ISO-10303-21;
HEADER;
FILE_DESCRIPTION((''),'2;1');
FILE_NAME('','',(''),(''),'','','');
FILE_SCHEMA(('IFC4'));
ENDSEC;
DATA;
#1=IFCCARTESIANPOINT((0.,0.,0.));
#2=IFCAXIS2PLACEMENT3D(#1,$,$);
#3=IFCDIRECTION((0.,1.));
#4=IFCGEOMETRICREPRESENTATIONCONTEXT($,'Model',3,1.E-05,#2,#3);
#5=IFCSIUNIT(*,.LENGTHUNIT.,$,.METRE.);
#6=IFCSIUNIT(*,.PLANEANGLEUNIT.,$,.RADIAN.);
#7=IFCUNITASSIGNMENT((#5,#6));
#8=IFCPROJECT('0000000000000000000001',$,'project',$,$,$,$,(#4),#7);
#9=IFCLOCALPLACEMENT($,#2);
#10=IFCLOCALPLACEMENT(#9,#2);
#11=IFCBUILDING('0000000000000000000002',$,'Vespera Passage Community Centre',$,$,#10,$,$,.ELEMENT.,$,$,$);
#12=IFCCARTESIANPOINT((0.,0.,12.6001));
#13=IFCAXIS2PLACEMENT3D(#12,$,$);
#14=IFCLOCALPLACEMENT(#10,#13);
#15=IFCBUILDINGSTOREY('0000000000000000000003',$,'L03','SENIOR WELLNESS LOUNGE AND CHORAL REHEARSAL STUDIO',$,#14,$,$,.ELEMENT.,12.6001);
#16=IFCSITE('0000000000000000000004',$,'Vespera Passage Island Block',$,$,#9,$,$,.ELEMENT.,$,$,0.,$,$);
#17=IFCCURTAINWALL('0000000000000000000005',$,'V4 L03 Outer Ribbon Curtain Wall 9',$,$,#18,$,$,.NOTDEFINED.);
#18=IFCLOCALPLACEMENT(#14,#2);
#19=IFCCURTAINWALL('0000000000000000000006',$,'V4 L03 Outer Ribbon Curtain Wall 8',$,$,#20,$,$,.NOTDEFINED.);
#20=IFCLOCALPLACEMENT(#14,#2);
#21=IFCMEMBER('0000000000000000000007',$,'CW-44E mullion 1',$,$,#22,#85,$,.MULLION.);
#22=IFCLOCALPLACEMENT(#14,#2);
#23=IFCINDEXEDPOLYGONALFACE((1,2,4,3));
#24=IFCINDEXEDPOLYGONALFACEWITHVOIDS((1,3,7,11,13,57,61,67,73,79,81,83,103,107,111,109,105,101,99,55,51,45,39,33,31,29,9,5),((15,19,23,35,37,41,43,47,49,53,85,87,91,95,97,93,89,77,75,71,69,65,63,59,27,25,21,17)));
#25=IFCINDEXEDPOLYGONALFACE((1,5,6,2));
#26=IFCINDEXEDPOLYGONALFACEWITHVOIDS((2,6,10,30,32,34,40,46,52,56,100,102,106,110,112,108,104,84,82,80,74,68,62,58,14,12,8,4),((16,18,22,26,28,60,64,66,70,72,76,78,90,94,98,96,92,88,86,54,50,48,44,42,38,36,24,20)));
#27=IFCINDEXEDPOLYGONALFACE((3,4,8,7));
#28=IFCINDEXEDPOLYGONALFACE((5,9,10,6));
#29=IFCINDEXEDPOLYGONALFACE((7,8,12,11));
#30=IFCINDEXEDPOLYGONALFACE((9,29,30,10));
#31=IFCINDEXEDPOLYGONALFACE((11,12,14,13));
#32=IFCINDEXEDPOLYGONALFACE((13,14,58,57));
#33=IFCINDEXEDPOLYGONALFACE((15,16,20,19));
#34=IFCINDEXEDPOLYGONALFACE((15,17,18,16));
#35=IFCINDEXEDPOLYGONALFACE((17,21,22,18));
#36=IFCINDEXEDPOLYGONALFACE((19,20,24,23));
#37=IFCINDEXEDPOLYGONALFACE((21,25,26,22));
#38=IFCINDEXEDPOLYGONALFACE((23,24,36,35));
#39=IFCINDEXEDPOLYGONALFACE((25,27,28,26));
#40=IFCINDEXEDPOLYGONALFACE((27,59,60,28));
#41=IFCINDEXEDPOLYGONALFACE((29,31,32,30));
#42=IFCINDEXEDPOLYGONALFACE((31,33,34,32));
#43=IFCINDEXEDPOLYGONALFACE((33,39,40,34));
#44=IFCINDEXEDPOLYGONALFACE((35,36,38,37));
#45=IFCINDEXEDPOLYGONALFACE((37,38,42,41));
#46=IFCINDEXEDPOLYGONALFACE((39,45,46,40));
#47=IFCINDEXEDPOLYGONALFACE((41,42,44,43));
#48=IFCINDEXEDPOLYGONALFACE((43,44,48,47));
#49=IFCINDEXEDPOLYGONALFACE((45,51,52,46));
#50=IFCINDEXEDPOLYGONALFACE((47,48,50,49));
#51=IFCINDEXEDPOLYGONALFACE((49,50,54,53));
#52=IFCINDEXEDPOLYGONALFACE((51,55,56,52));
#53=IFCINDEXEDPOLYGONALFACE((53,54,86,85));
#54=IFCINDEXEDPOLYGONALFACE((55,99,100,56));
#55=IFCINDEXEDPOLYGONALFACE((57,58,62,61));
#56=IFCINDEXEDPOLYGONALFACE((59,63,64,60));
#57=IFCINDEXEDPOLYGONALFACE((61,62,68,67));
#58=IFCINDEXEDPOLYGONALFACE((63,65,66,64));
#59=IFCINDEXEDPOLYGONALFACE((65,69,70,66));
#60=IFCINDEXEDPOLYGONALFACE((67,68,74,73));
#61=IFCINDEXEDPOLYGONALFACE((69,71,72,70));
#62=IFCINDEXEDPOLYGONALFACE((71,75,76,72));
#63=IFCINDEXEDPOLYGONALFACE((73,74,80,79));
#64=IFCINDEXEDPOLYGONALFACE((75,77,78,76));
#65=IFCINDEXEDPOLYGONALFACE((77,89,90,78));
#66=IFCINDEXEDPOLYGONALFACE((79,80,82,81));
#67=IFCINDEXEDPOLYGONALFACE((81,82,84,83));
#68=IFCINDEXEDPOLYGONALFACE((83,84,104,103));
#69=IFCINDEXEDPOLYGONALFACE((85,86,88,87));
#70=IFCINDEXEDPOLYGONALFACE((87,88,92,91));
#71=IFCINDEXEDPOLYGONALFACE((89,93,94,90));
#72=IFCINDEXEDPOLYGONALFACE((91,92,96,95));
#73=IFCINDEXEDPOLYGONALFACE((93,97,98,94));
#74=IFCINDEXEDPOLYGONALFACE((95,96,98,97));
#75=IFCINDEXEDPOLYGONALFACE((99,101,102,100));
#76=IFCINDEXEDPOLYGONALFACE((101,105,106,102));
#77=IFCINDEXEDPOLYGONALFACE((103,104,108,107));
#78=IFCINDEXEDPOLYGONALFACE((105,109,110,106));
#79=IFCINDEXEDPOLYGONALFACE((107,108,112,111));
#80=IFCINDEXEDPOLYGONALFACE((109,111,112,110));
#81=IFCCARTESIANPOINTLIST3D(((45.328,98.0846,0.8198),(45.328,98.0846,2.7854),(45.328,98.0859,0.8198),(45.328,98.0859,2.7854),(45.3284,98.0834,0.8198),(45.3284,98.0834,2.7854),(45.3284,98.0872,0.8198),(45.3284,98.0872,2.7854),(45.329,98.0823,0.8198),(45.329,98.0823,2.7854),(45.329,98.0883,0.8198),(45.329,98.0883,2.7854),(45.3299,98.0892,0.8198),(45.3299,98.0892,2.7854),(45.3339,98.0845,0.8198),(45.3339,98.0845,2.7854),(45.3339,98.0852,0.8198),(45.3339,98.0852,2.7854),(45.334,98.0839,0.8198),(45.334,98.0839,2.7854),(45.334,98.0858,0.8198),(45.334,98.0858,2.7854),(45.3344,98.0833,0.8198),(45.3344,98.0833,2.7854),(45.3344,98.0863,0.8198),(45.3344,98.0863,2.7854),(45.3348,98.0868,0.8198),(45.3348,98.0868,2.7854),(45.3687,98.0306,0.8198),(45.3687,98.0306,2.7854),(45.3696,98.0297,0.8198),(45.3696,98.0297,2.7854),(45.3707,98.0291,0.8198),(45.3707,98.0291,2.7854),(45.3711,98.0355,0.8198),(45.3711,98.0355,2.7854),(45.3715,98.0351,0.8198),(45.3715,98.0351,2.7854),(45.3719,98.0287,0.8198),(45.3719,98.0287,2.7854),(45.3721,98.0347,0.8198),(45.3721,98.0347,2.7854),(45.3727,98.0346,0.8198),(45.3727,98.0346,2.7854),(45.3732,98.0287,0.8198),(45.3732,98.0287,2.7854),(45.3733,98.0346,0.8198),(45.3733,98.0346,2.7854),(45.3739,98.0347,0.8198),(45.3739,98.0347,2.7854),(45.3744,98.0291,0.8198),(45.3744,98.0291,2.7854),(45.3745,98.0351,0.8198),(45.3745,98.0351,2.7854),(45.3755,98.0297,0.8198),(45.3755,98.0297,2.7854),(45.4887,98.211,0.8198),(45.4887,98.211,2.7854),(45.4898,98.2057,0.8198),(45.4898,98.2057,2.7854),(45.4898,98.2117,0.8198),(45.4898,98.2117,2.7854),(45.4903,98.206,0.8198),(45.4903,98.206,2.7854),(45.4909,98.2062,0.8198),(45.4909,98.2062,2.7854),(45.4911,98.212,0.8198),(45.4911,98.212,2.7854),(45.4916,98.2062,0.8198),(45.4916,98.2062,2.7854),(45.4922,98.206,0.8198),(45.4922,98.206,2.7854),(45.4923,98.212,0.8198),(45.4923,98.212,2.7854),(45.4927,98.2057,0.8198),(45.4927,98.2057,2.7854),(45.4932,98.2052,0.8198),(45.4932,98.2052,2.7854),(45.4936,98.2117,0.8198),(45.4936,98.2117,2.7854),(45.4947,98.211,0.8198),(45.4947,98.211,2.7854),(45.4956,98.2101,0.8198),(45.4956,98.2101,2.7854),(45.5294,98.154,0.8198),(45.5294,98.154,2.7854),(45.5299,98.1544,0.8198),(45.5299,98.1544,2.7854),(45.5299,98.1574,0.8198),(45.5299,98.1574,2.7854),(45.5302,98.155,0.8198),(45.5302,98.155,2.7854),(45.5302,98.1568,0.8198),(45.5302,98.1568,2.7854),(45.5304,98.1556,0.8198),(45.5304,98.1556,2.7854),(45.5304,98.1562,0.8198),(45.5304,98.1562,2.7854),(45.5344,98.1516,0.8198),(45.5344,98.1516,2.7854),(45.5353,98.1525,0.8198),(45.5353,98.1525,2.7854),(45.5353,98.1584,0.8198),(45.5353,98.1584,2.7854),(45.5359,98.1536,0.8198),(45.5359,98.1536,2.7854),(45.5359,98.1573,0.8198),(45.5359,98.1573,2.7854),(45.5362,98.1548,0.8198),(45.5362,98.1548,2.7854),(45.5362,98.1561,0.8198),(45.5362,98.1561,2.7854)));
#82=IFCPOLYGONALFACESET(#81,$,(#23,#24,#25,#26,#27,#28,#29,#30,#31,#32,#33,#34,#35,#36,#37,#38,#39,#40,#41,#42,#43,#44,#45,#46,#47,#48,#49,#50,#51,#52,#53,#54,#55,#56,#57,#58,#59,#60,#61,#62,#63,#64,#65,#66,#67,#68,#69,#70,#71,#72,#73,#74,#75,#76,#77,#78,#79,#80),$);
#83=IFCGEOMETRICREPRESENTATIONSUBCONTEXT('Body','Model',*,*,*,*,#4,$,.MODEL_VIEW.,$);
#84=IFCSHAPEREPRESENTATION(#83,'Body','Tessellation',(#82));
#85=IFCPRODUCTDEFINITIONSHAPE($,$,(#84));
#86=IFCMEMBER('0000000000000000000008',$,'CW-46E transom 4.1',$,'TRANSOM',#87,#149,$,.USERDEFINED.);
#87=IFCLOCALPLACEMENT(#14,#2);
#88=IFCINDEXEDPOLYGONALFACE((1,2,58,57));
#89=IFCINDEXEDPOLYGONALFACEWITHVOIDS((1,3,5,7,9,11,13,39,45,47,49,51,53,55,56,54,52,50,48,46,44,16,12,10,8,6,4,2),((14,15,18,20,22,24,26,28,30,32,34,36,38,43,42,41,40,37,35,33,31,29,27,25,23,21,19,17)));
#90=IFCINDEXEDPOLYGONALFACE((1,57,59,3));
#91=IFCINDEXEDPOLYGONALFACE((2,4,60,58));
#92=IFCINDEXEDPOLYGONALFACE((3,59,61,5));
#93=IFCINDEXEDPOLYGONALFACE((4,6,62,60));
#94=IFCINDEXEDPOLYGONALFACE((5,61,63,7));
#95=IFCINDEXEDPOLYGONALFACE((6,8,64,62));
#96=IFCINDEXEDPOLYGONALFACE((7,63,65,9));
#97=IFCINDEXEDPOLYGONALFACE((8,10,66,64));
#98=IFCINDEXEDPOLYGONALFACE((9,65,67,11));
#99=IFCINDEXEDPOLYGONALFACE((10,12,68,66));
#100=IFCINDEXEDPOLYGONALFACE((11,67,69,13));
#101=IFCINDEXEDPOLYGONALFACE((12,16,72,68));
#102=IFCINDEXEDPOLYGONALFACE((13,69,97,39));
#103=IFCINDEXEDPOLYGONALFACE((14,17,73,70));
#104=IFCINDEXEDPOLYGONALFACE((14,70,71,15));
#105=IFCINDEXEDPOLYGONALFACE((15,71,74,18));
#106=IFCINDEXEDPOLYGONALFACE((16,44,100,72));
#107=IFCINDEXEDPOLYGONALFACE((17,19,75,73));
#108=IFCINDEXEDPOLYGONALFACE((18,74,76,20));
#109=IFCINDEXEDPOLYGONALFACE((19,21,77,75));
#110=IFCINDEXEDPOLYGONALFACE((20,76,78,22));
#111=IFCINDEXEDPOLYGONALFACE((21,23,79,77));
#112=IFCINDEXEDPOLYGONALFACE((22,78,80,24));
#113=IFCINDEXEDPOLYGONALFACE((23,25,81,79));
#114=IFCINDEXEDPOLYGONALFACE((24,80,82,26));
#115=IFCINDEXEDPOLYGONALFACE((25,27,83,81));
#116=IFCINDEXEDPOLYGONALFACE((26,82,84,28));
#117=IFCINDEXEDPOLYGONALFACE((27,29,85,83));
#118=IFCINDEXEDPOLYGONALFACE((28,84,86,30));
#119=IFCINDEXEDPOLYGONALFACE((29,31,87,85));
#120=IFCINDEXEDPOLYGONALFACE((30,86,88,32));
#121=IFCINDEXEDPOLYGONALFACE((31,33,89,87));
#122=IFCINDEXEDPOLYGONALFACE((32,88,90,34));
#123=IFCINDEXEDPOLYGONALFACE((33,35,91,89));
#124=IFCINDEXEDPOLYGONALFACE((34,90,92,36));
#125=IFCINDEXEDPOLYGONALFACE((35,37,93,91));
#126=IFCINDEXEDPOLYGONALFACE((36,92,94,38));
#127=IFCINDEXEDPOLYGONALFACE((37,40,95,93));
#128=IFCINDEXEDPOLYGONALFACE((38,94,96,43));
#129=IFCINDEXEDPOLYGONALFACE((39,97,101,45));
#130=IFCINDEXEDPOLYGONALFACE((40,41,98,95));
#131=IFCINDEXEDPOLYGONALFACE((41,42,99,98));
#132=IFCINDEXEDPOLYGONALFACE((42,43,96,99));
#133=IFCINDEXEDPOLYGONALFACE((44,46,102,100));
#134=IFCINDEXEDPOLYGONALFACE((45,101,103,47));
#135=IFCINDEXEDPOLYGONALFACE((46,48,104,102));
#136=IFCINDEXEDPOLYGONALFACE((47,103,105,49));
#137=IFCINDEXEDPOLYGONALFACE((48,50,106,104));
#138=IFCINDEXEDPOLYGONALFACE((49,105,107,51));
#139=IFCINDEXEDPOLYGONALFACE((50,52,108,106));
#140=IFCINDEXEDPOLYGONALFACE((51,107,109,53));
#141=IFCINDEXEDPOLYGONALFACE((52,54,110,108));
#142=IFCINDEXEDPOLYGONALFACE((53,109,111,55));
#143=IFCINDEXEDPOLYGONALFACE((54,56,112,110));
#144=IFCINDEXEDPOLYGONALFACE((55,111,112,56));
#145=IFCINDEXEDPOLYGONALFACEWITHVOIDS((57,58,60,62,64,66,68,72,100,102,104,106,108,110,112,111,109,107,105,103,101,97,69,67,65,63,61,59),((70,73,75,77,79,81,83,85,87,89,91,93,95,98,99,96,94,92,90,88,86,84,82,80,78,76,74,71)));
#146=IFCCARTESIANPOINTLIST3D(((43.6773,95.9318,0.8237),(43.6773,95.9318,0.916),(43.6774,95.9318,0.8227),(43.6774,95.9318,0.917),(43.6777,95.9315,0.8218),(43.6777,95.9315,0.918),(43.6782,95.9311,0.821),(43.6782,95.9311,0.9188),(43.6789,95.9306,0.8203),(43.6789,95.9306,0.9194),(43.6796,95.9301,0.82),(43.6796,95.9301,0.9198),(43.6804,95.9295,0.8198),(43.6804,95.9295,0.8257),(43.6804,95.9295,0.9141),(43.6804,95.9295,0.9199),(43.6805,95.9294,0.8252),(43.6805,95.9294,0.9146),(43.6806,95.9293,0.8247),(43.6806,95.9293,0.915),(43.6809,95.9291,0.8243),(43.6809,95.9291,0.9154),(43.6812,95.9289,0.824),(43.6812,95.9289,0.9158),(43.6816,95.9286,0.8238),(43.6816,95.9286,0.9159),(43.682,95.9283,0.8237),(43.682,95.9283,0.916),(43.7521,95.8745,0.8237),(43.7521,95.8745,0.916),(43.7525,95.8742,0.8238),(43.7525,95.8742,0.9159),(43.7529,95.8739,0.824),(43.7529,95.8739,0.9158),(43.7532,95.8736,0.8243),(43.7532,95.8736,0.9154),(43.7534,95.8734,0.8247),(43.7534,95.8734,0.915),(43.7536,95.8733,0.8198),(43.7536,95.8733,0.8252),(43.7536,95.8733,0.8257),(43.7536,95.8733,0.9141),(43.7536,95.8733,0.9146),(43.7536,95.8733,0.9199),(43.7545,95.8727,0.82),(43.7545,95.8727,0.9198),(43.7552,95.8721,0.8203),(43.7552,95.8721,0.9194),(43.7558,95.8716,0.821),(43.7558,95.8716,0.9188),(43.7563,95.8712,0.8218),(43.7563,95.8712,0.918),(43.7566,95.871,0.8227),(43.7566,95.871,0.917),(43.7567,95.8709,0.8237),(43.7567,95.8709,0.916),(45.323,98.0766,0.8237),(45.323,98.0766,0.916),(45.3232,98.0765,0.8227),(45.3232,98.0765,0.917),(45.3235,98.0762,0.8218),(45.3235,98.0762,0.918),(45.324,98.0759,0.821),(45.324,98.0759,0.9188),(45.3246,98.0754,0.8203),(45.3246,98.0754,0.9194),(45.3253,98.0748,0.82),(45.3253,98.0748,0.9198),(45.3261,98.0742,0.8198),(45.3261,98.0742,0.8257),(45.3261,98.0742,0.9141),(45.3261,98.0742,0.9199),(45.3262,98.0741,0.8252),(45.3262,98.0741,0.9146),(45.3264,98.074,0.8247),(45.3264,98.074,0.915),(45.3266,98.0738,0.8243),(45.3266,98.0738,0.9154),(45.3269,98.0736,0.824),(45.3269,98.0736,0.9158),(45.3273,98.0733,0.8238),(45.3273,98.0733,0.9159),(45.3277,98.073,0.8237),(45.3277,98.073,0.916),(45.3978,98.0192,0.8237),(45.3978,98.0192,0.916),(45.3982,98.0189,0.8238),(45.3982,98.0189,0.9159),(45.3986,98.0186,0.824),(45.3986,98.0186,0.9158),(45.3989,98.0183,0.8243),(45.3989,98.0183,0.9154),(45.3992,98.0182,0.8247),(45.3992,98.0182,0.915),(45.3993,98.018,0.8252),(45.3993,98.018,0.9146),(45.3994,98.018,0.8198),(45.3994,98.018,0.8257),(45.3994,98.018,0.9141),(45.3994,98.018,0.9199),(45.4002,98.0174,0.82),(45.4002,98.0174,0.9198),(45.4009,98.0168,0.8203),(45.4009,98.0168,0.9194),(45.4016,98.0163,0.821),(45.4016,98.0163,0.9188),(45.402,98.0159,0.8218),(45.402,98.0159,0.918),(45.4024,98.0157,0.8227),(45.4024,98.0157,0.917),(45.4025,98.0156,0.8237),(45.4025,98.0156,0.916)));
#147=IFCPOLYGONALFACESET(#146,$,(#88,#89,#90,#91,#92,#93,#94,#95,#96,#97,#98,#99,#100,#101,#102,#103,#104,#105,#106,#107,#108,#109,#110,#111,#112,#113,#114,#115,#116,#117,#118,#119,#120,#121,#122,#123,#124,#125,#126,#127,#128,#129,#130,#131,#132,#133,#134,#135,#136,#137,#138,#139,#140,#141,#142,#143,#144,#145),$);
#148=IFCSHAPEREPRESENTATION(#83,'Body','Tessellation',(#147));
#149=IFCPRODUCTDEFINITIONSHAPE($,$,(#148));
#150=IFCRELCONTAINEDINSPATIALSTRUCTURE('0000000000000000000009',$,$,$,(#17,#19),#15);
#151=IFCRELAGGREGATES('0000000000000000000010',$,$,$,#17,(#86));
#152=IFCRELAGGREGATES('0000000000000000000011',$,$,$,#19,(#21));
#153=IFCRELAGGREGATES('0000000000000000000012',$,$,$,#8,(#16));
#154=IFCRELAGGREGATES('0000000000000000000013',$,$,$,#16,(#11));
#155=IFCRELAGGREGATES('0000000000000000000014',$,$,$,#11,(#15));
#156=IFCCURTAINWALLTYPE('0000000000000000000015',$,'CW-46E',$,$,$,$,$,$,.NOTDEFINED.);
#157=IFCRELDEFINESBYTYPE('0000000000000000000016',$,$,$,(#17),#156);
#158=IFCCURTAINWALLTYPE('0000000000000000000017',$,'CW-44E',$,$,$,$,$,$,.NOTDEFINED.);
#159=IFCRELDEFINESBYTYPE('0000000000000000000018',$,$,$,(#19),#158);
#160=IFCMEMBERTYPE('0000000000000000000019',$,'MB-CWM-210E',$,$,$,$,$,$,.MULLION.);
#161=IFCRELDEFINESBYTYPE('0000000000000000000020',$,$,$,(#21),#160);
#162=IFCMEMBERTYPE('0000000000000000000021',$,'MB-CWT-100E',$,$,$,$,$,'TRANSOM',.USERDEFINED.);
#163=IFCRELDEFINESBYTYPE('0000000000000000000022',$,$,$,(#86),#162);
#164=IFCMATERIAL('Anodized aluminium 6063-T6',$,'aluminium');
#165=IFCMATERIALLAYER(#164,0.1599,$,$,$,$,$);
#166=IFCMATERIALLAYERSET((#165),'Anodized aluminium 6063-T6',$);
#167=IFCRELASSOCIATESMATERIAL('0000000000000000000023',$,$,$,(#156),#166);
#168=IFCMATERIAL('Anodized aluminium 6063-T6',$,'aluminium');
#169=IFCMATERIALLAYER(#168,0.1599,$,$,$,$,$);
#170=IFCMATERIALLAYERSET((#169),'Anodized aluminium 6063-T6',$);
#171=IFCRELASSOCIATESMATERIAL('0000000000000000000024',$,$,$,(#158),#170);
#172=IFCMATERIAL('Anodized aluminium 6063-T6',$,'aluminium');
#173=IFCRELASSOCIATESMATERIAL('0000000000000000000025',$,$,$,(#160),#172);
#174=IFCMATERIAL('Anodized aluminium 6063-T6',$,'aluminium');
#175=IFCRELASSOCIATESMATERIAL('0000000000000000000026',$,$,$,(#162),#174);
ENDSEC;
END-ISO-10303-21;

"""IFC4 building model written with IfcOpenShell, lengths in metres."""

from ifc_helpers import new_model, si_unit, direction, frame, origin, origin_2d, place, context, subcontext, project, spatial, hollow_rectangle, extrude, material, layer, layer_set, material_profile, profile_set, type_object, element, aggregate, save


model = new_model("IFC4")

# Units and contexts
model_context = context("Model", 3, precision=1e-05, world=origin(), true_north=direction((0.0, 1.0)))
body_context = subcontext(model_context, "Body", "Model", "MODEL_VIEW")
ifc_project = project(units=[si_unit("LENGTHUNIT", "METRE"), si_unit("PLANEANGLEUNIT", "RADIAN")], contexts=[model_context])

# Site, building, storey
site_placement = place(None, origin())
site = spatial("IfcSite", under=ifc_project, at=site_placement, Name="Vespera Passage Island Block", CompositionType="ELEMENT", RefElevation=0.0)
building_placement = place(site_placement, origin())
building = spatial("IfcBuilding", under=site, at=building_placement, Name="Vespera Passage Community Centre", CompositionType="ELEMENT")
storey_placement = place(building_placement, frame((0.0, 0.0, 12.6001)))
storey = spatial("IfcBuildingStorey", under=building, at=storey_placement, Name="L03", Description="SENIOR WELLNESS LOUNGE AND CHORAL REHEARSAL STUDIO", CompositionType="ELEMENT", Elevation=12.6001)

# Curtain wall
ifc_material_1 = material(Name="Anodized aluminium 6063-T6", Category="aluminium")
ifc_layer_1 = layer(ifc_material_1, 0.1599)
ifc_layer_set_1 = layer_set([ifc_layer_1], Name="Anodized aluminium 6063-T6")
curtain_wall_type_1 = type_object("IfcCurtainWallType", Name="CW-46E", PredefinedType="NOTDEFINED", material=ifc_layer_set_1)
curtain_wall_1_placement = place(storey_placement, origin())
curtain_wall_1 = element("IfcCurtainWall", 1, at=curtain_wall_1_placement, inside=storey, type_object=curtain_wall_type_1, Name="V4 L03 Outer Ribbon Curtain Wall 9", PredefinedType="NOTDEFINED")

# Curtain wall, member
ifc_material_2 = material(Name="Anodized aluminium 6063-T6", Category="aluminium")
ifc_layer_2 = layer(ifc_material_2, 0.1599)
ifc_layer_set_2 = layer_set([ifc_layer_2], Name="Anodized aluminium 6063-T6")
curtain_wall_type_2 = type_object("IfcCurtainWallType", Name="CW-44E", PredefinedType="NOTDEFINED", material=ifc_layer_set_2)
curtain_wall_2_placement = place(storey_placement, origin())
curtain_wall_2 = element("IfcCurtainWall", 2, at=curtain_wall_2_placement, inside=storey, type_object=curtain_wall_type_2, Name="V4 L03 Outer Ribbon Curtain Wall 8", PredefinedType="NOTDEFINED")
ifc_material_3 = material(Name="Anodized aluminium 6063-T6", Category="aluminium")
ifc_material_profile_1 = material_profile(ifc_material_3, hollow_rectangle(XDim=0.075, YDim=0.21, WallThickness=0.0049, InnerFilletRadius=0.0024, OuterFilletRadius=0.0049, at=origin_2d()), Name="ALU210X75X5")
ifc_profile_set_1 = profile_set([ifc_material_profile_1], Name="Anodized aluminium 6063-T6")
member_type_1 = type_object("IfcMemberType", Name="MB-CWM-210E", PredefinedType="MULLION", material=ifc_profile_set_1)
member_1_placement = place(storey_placement, frame((45.4321, 98.1204, 0.8198), z_axis=(0.0, 0.0, 1.0), x_axis=(-0.608768, 0.793348, 0.0)))
member_1 = element("IfcMember", 3, at=member_1_placement, type_object=member_type_1, Name="CW-44E mullion 1", PredefinedType="MULLION", context=body_context, shape_type="SweptSolid", body=[
    extrude(hollow_rectangle(XDim=0.075, YDim=0.21, WallThickness=0.0049, InnerFilletRadius=0.0024, OuterFilletRadius=0.0049, at=origin_2d()), origin(), (0.0, 0.0, 1.0), 1.9656),
])

# Member
ifc_material_4 = material(Name="Anodized aluminium 6063-T6", Category="aluminium")
ifc_material_profile_2 = material_profile(ifc_material_4, hollow_rectangle(XDim=0.1001, YDim=0.1001, WallThickness=0.0039, InnerFilletRadius=0.002, OuterFilletRadius=0.0039, at=origin_2d()), Name="ALU100X100X4")
ifc_profile_set_2 = profile_set([ifc_material_profile_2], Name="Anodized aluminium 6063-T6")
member_type_2 = type_object("IfcMemberType", Name="MB-CWT-100E", ElementType="TRANSOM", PredefinedType="USERDEFINED", material=ifc_profile_set_2)
member_2_placement = place(storey_placement, frame((43.717, 95.9014, 0.8699), z_axis=(0.608763, 0.793352, 0.0), x_axis=(-0.793352, 0.608763, 0.0)))
member_2 = element("IfcMember", 4, at=member_2_placement, type_object=member_type_2, Name="CW-46E transom 4.1", ObjectType="TRANSOM", PredefinedType="USERDEFINED", context=body_context, shape_type="SweptSolid", body=[
    extrude(hollow_rectangle(XDim=0.1001, YDim=0.1001, WallThickness=0.0039, InnerFilletRadius=0.002, OuterFilletRadius=0.0039, at=origin_2d()), origin(), (0.0, 0.0, 1.0), 2.7034),
])

aggregate(curtain_wall_1, [member_2])
aggregate(curtain_wall_2, [member_1])

save(model, "model.ifc")
